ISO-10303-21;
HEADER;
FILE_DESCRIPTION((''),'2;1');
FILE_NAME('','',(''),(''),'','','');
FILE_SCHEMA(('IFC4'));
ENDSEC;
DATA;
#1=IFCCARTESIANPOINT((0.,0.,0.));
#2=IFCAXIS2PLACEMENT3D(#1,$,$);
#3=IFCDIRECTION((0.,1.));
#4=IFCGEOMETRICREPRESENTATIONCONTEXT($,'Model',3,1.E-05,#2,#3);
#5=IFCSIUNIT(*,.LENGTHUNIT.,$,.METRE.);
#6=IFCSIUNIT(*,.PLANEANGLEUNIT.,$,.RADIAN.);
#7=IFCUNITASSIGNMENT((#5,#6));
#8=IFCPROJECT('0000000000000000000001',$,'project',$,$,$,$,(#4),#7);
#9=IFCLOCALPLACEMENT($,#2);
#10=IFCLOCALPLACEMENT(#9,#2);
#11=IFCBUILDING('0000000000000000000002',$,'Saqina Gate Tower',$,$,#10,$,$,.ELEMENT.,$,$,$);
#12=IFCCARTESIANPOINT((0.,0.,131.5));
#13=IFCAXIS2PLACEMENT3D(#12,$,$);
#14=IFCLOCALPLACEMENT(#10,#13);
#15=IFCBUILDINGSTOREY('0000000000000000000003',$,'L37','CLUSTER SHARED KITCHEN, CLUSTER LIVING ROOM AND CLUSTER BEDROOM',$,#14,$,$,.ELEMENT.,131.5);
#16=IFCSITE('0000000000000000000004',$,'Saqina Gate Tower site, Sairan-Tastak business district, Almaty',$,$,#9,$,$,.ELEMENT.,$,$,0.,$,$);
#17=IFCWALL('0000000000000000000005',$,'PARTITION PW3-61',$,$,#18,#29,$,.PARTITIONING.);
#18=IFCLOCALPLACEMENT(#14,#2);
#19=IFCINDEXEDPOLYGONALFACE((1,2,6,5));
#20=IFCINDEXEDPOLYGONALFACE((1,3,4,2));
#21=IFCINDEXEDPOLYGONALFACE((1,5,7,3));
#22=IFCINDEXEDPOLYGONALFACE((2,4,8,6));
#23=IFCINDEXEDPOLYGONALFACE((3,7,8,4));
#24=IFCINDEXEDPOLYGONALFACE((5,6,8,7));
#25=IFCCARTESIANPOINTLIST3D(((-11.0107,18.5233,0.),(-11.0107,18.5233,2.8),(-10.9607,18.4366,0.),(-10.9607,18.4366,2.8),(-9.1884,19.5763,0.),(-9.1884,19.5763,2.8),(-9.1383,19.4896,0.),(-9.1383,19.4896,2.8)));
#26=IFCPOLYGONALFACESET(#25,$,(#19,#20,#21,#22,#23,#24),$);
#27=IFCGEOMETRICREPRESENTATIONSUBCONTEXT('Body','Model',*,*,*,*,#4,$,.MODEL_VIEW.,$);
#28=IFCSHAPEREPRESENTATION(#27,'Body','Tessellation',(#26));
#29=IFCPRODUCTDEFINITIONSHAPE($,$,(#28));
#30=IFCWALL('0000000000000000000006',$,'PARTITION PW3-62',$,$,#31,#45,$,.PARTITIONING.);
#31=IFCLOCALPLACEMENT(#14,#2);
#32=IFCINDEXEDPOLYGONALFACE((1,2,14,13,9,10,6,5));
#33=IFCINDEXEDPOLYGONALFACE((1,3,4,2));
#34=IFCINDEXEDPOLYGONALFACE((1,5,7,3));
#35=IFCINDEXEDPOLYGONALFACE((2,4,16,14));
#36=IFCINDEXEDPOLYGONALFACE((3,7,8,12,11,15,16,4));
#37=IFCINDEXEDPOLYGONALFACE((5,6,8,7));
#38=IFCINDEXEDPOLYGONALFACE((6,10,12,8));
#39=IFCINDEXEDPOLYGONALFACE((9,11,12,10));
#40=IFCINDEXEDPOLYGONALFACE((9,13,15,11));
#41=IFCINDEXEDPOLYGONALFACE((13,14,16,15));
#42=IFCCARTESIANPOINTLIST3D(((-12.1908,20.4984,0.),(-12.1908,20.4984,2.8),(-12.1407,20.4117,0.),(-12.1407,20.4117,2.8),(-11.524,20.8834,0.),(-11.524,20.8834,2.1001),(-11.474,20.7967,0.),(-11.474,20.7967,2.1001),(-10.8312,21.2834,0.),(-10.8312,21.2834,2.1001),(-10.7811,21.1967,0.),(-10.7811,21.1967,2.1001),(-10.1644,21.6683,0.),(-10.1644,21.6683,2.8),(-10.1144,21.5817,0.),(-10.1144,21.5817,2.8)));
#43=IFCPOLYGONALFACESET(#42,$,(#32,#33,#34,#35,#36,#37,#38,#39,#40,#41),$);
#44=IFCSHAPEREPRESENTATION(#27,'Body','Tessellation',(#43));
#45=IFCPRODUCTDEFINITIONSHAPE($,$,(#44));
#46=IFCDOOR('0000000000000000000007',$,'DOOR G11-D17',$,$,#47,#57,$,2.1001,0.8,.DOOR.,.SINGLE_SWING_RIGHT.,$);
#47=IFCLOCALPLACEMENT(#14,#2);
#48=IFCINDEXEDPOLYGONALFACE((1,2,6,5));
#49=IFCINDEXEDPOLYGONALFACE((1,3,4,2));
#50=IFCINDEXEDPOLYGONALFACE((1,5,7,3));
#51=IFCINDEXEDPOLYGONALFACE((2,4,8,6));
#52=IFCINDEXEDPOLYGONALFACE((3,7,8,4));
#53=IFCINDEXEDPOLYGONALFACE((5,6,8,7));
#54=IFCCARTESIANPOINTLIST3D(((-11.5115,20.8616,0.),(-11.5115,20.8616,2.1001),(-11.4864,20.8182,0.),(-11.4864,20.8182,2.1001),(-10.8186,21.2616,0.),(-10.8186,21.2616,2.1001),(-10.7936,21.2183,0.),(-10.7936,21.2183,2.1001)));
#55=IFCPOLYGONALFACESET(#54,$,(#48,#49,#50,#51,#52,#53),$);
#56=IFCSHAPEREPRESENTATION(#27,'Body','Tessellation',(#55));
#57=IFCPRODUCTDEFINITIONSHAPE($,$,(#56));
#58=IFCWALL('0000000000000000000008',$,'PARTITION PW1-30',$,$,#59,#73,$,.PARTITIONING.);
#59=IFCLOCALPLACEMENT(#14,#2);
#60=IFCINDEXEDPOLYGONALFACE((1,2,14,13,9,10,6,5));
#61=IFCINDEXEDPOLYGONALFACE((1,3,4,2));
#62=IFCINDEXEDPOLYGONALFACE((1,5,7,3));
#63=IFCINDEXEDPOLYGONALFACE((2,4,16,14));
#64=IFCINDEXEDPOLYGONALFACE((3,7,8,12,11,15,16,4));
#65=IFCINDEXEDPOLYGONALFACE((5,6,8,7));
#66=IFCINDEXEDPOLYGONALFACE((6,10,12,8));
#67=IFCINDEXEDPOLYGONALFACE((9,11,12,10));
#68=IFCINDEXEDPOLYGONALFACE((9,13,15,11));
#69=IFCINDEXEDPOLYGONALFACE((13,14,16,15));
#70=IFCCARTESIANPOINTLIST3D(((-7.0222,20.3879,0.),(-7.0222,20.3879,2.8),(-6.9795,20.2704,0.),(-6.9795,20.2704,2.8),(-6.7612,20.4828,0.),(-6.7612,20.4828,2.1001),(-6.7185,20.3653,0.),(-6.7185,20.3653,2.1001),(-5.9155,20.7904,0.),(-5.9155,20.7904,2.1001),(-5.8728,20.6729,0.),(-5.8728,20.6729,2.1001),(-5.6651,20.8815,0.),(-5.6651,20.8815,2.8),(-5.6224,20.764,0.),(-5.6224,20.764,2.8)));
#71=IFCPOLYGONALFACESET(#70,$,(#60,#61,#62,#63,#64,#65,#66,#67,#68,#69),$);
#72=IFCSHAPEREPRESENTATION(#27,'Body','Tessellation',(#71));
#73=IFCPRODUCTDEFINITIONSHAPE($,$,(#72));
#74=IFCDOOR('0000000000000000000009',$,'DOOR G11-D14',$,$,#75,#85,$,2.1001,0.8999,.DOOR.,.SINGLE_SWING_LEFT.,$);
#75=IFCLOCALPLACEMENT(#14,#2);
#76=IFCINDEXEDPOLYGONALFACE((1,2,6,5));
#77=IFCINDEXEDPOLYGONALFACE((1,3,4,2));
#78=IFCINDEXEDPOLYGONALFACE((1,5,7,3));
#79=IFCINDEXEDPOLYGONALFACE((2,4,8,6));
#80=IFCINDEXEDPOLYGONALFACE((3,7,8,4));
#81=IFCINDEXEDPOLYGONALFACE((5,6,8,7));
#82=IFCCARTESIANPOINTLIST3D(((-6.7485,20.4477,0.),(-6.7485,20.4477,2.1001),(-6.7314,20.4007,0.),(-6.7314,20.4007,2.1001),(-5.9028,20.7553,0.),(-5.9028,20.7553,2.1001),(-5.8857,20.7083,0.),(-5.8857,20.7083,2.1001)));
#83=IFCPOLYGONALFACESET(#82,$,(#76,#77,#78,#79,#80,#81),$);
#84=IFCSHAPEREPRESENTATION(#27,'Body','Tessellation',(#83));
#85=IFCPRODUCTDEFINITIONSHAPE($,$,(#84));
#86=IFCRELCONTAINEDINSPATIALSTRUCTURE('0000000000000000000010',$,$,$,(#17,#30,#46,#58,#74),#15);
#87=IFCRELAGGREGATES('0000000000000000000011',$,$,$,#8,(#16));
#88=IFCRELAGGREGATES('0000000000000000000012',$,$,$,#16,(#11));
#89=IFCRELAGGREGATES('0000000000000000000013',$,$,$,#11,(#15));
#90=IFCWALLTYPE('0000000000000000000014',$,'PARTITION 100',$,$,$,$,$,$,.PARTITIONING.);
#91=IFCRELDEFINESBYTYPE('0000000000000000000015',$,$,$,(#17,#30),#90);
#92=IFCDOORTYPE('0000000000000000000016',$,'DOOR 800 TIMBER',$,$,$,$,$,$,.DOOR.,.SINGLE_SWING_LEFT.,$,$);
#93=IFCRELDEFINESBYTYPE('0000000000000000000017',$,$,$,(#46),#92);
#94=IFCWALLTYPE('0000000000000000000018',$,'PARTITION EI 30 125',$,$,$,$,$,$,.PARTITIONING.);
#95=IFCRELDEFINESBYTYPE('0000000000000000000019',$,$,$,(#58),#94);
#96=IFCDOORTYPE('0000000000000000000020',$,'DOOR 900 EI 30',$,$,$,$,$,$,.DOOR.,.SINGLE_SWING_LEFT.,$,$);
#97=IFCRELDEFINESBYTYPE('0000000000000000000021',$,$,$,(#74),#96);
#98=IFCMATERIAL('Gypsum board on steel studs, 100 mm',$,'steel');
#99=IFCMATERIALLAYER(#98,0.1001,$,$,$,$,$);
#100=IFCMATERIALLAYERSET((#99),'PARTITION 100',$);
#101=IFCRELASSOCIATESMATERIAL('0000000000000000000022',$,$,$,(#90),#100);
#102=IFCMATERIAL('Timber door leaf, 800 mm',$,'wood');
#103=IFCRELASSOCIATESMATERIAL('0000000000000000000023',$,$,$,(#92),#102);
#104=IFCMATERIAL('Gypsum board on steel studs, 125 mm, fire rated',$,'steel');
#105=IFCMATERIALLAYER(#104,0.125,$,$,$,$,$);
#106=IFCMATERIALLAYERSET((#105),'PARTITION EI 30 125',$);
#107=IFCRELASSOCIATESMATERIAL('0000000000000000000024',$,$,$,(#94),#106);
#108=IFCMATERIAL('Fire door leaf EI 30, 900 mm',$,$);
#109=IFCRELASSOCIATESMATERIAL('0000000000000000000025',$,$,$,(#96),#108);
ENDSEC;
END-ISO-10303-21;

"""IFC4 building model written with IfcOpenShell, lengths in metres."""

from ifc_helpers import new_model, si_unit, direction, frame, frame_2d, origin, place, context, subcontext, project, spatial, rectangle, extrude, material, layer, layer_set, type_object, element, fill, save


model = new_model("IFC4")

# Units and contexts
model_context = context("Model", 3, precision=1e-05, world=origin(), true_north=direction((0.0, 1.0)))
body_context = subcontext(model_context, "Body", "Model", "MODEL_VIEW")
ifc_project = project(units=[si_unit("LENGTHUNIT", "METRE"), si_unit("PLANEANGLEUNIT", "RADIAN")], contexts=[model_context])

# Site, building, storey
site_placement = place(None, origin())
site = spatial("IfcSite", under=ifc_project, at=site_placement, Name="Saqina Gate Tower site, Sairan-Tastak business district, Almaty", CompositionType="ELEMENT", RefElevation=0.0)
building_placement = place(site_placement, origin())
building = spatial("IfcBuilding", under=site, at=building_placement, Name="Saqina Gate Tower", CompositionType="ELEMENT")
storey_placement = place(building_placement, frame((0.0, 0.0, 131.5)))
storey = spatial("IfcBuildingStorey", under=building, at=storey_placement, Name="L37", Description="CLUSTER SHARED KITCHEN, CLUSTER LIVING ROOM AND CLUSTER BEDROOM", CompositionType="ELEMENT", Elevation=131.5)

# Shared definitions
ifc_material_1 = material(Name="Gypsum board on steel studs, 100 mm", Category="steel")
ifc_layer_1 = layer(ifc_material_1, 0.1001)
ifc_layer_set_1 = layer_set([ifc_layer_1], Name="PARTITION 100")
wall_type_1 = type_object("IfcWallType", Name="PARTITION 100", PredefinedType="PARTITIONING", material=ifc_layer_set_1)

# Shared definitions
ifc_material_2 = material(Name="Timber door leaf, 800 mm", Category="wood")
door_type_1 = type_object("IfcDoorType", Name="DOOR 800 TIMBER", OperationType="SINGLE_SWING_LEFT", PredefinedType="DOOR", material=ifc_material_2)

# Wall
wall_1_placement = place(storey_placement, frame((-10.9856, 18.48, 0.0), z_axis=(0.0, 0.0, 1.0), x_axis=(0.865842, 0.500318, 0.0)))
element("IfcWall", 1, at=wall_1_placement, inside=storey, type_object=wall_type_1, Name="PARTITION PW3-61", PredefinedType="PARTITIONING", context=body_context, shape_type="SweptSolid", body=[
    extrude(rectangle(XDim=2.1047, YDim=0.1001, at=frame_2d((1.0522, 0.0))), origin(), (0.0, 0.0, 1.0), 2.8),
])

# Walls, openings, doors
wall_2_placement = place(storey_placement, frame((-12.1658, 20.4551, 0.0), z_axis=(0.0, 0.0, 1.0), x_axis=(0.866026, 0.499999, 0.0)))
wall_2 = element("IfcWall", 2, at=wall_2_placement, inside=storey, type_object=wall_type_1, Name="PARTITION PW3-62", PredefinedType="PARTITIONING", context=body_context, shape_type="SweptSolid", body=[
    extrude(rectangle(XDim=2.3398, YDim=0.1001, at=frame_2d((1.1699, 0.0))), origin(), (0.0, 0.0, 1.0), 2.8),
])
opening_1_placement = place(wall_2_placement, frame((0.77, 0.0, 0.0)))
opening_1 = element("IfcOpeningElement", 3, at=opening_1_placement, cuts=wall_2, PredefinedType="OPENING", context=body_context, shape_type="SweptSolid", body=[
    extrude(rectangle(XDim=0.8, YDim=2.1001, at=frame_2d((0.3999, 1.05))), frame((0.0, 0.062, 0.0), z_axis=(0.0, -1.0, 0.0), x_axis=(1.0, 0.0, 0.0)), (0.0, 0.0, 1.0), 0.124),
])
door_1_placement = place(opening_1_placement, origin())
door_1 = element("IfcDoor", 4, at=door_1_placement, inside=storey, type_object=door_type_1, Name="DOOR G11-D17", OperationType="SINGLE_SWING_RIGHT", OverallHeight=2.1001, OverallWidth=0.8, PredefinedType="DOOR", context=body_context, shape_type="SweptSolid", body=[
    extrude(rectangle(XDim=0.8, YDim=2.1001, at=frame_2d((0.3999, 1.05))), frame((0.0, 0.0249, 0.0), z_axis=(0.0, -1.0, 0.0), x_axis=(1.0, 0.0, 0.0)), (0.0, 0.0, 1.0), 0.05),
])
fill(opening_1, door_1)
ifc_material_3 = material(Name="Gypsum board on steel studs, 125 mm, fire rated", Category="steel")
ifc_layer_2 = layer(ifc_material_3, 0.125)
ifc_layer_set_2 = layer_set([ifc_layer_2], Name="PARTITION EI 30 125")
wall_type_2 = type_object("IfcWallType", Name="PARTITION EI 30 125", PredefinedType="PARTITIONING", material=ifc_layer_set_2)
wall_3_placement = place(storey_placement, frame((-7.001, 20.3291, 0.0), z_axis=(0.0, 0.0, 1.0), x_axis=(0.939764, 0.341825, 0.0)))
wall_3 = element("IfcWall", 5, at=wall_3_placement, inside=storey, type_object=wall_type_2, Name="PARTITION PW1-30", PredefinedType="PARTITIONING", context=body_context, shape_type="SweptSolid", body=[
    extrude(rectangle(XDim=1.4441, YDim=0.125, at=frame_2d((0.7222, 0.0))), origin(), (0.0, 0.0, 1.0), 2.8),
])
opening_2_placement = place(wall_3_placement, frame((0.2778, 0.0, 0.0)))
opening_2 = element("IfcOpeningElement", 6, at=opening_2_placement, cuts=wall_3, PredefinedType="OPENING", context=body_context, shape_type="SweptSolid", body=[
    extrude(rectangle(XDim=0.8999, YDim=2.1001, at=frame_2d((0.45, 1.05))), frame((0.0, 0.0745, 0.0), z_axis=(0.0, -1.0, 0.0), x_axis=(1.0, 0.0, 0.0)), (0.0, 0.0, 1.0), 0.1489),
])
ifc_material_4 = material(Name="Fire door leaf EI 30, 900 mm")
door_type_2 = type_object("IfcDoorType", Name="DOOR 900 EI 30", OperationType="SINGLE_SWING_LEFT", PredefinedType="DOOR", material=ifc_material_4)
door_2_placement = place(opening_2_placement, frame((0.8999, 0.0, 0.0), z_axis=(0.0, 0.0, 1.0), x_axis=(-1.0, 0.0, 0.0)))
door_2 = element("IfcDoor", 7, at=door_2_placement, inside=storey, type_object=door_type_2, Name="DOOR G11-D14", OperationType="SINGLE_SWING_LEFT", OverallHeight=2.1001, OverallWidth=0.8999, PredefinedType="DOOR", context=body_context, shape_type="SweptSolid", body=[
    extrude(rectangle(XDim=0.8999, YDim=2.1001, at=frame_2d((0.45, 1.05))), frame((0.0, 0.0249, 0.0), z_axis=(0.0, -1.0, 0.0), x_axis=(1.0, 0.0, 0.0)), (0.0, 0.0, 1.0), 0.05),
])
fill(opening_2, door_2)

save(model, "model.ifc")
